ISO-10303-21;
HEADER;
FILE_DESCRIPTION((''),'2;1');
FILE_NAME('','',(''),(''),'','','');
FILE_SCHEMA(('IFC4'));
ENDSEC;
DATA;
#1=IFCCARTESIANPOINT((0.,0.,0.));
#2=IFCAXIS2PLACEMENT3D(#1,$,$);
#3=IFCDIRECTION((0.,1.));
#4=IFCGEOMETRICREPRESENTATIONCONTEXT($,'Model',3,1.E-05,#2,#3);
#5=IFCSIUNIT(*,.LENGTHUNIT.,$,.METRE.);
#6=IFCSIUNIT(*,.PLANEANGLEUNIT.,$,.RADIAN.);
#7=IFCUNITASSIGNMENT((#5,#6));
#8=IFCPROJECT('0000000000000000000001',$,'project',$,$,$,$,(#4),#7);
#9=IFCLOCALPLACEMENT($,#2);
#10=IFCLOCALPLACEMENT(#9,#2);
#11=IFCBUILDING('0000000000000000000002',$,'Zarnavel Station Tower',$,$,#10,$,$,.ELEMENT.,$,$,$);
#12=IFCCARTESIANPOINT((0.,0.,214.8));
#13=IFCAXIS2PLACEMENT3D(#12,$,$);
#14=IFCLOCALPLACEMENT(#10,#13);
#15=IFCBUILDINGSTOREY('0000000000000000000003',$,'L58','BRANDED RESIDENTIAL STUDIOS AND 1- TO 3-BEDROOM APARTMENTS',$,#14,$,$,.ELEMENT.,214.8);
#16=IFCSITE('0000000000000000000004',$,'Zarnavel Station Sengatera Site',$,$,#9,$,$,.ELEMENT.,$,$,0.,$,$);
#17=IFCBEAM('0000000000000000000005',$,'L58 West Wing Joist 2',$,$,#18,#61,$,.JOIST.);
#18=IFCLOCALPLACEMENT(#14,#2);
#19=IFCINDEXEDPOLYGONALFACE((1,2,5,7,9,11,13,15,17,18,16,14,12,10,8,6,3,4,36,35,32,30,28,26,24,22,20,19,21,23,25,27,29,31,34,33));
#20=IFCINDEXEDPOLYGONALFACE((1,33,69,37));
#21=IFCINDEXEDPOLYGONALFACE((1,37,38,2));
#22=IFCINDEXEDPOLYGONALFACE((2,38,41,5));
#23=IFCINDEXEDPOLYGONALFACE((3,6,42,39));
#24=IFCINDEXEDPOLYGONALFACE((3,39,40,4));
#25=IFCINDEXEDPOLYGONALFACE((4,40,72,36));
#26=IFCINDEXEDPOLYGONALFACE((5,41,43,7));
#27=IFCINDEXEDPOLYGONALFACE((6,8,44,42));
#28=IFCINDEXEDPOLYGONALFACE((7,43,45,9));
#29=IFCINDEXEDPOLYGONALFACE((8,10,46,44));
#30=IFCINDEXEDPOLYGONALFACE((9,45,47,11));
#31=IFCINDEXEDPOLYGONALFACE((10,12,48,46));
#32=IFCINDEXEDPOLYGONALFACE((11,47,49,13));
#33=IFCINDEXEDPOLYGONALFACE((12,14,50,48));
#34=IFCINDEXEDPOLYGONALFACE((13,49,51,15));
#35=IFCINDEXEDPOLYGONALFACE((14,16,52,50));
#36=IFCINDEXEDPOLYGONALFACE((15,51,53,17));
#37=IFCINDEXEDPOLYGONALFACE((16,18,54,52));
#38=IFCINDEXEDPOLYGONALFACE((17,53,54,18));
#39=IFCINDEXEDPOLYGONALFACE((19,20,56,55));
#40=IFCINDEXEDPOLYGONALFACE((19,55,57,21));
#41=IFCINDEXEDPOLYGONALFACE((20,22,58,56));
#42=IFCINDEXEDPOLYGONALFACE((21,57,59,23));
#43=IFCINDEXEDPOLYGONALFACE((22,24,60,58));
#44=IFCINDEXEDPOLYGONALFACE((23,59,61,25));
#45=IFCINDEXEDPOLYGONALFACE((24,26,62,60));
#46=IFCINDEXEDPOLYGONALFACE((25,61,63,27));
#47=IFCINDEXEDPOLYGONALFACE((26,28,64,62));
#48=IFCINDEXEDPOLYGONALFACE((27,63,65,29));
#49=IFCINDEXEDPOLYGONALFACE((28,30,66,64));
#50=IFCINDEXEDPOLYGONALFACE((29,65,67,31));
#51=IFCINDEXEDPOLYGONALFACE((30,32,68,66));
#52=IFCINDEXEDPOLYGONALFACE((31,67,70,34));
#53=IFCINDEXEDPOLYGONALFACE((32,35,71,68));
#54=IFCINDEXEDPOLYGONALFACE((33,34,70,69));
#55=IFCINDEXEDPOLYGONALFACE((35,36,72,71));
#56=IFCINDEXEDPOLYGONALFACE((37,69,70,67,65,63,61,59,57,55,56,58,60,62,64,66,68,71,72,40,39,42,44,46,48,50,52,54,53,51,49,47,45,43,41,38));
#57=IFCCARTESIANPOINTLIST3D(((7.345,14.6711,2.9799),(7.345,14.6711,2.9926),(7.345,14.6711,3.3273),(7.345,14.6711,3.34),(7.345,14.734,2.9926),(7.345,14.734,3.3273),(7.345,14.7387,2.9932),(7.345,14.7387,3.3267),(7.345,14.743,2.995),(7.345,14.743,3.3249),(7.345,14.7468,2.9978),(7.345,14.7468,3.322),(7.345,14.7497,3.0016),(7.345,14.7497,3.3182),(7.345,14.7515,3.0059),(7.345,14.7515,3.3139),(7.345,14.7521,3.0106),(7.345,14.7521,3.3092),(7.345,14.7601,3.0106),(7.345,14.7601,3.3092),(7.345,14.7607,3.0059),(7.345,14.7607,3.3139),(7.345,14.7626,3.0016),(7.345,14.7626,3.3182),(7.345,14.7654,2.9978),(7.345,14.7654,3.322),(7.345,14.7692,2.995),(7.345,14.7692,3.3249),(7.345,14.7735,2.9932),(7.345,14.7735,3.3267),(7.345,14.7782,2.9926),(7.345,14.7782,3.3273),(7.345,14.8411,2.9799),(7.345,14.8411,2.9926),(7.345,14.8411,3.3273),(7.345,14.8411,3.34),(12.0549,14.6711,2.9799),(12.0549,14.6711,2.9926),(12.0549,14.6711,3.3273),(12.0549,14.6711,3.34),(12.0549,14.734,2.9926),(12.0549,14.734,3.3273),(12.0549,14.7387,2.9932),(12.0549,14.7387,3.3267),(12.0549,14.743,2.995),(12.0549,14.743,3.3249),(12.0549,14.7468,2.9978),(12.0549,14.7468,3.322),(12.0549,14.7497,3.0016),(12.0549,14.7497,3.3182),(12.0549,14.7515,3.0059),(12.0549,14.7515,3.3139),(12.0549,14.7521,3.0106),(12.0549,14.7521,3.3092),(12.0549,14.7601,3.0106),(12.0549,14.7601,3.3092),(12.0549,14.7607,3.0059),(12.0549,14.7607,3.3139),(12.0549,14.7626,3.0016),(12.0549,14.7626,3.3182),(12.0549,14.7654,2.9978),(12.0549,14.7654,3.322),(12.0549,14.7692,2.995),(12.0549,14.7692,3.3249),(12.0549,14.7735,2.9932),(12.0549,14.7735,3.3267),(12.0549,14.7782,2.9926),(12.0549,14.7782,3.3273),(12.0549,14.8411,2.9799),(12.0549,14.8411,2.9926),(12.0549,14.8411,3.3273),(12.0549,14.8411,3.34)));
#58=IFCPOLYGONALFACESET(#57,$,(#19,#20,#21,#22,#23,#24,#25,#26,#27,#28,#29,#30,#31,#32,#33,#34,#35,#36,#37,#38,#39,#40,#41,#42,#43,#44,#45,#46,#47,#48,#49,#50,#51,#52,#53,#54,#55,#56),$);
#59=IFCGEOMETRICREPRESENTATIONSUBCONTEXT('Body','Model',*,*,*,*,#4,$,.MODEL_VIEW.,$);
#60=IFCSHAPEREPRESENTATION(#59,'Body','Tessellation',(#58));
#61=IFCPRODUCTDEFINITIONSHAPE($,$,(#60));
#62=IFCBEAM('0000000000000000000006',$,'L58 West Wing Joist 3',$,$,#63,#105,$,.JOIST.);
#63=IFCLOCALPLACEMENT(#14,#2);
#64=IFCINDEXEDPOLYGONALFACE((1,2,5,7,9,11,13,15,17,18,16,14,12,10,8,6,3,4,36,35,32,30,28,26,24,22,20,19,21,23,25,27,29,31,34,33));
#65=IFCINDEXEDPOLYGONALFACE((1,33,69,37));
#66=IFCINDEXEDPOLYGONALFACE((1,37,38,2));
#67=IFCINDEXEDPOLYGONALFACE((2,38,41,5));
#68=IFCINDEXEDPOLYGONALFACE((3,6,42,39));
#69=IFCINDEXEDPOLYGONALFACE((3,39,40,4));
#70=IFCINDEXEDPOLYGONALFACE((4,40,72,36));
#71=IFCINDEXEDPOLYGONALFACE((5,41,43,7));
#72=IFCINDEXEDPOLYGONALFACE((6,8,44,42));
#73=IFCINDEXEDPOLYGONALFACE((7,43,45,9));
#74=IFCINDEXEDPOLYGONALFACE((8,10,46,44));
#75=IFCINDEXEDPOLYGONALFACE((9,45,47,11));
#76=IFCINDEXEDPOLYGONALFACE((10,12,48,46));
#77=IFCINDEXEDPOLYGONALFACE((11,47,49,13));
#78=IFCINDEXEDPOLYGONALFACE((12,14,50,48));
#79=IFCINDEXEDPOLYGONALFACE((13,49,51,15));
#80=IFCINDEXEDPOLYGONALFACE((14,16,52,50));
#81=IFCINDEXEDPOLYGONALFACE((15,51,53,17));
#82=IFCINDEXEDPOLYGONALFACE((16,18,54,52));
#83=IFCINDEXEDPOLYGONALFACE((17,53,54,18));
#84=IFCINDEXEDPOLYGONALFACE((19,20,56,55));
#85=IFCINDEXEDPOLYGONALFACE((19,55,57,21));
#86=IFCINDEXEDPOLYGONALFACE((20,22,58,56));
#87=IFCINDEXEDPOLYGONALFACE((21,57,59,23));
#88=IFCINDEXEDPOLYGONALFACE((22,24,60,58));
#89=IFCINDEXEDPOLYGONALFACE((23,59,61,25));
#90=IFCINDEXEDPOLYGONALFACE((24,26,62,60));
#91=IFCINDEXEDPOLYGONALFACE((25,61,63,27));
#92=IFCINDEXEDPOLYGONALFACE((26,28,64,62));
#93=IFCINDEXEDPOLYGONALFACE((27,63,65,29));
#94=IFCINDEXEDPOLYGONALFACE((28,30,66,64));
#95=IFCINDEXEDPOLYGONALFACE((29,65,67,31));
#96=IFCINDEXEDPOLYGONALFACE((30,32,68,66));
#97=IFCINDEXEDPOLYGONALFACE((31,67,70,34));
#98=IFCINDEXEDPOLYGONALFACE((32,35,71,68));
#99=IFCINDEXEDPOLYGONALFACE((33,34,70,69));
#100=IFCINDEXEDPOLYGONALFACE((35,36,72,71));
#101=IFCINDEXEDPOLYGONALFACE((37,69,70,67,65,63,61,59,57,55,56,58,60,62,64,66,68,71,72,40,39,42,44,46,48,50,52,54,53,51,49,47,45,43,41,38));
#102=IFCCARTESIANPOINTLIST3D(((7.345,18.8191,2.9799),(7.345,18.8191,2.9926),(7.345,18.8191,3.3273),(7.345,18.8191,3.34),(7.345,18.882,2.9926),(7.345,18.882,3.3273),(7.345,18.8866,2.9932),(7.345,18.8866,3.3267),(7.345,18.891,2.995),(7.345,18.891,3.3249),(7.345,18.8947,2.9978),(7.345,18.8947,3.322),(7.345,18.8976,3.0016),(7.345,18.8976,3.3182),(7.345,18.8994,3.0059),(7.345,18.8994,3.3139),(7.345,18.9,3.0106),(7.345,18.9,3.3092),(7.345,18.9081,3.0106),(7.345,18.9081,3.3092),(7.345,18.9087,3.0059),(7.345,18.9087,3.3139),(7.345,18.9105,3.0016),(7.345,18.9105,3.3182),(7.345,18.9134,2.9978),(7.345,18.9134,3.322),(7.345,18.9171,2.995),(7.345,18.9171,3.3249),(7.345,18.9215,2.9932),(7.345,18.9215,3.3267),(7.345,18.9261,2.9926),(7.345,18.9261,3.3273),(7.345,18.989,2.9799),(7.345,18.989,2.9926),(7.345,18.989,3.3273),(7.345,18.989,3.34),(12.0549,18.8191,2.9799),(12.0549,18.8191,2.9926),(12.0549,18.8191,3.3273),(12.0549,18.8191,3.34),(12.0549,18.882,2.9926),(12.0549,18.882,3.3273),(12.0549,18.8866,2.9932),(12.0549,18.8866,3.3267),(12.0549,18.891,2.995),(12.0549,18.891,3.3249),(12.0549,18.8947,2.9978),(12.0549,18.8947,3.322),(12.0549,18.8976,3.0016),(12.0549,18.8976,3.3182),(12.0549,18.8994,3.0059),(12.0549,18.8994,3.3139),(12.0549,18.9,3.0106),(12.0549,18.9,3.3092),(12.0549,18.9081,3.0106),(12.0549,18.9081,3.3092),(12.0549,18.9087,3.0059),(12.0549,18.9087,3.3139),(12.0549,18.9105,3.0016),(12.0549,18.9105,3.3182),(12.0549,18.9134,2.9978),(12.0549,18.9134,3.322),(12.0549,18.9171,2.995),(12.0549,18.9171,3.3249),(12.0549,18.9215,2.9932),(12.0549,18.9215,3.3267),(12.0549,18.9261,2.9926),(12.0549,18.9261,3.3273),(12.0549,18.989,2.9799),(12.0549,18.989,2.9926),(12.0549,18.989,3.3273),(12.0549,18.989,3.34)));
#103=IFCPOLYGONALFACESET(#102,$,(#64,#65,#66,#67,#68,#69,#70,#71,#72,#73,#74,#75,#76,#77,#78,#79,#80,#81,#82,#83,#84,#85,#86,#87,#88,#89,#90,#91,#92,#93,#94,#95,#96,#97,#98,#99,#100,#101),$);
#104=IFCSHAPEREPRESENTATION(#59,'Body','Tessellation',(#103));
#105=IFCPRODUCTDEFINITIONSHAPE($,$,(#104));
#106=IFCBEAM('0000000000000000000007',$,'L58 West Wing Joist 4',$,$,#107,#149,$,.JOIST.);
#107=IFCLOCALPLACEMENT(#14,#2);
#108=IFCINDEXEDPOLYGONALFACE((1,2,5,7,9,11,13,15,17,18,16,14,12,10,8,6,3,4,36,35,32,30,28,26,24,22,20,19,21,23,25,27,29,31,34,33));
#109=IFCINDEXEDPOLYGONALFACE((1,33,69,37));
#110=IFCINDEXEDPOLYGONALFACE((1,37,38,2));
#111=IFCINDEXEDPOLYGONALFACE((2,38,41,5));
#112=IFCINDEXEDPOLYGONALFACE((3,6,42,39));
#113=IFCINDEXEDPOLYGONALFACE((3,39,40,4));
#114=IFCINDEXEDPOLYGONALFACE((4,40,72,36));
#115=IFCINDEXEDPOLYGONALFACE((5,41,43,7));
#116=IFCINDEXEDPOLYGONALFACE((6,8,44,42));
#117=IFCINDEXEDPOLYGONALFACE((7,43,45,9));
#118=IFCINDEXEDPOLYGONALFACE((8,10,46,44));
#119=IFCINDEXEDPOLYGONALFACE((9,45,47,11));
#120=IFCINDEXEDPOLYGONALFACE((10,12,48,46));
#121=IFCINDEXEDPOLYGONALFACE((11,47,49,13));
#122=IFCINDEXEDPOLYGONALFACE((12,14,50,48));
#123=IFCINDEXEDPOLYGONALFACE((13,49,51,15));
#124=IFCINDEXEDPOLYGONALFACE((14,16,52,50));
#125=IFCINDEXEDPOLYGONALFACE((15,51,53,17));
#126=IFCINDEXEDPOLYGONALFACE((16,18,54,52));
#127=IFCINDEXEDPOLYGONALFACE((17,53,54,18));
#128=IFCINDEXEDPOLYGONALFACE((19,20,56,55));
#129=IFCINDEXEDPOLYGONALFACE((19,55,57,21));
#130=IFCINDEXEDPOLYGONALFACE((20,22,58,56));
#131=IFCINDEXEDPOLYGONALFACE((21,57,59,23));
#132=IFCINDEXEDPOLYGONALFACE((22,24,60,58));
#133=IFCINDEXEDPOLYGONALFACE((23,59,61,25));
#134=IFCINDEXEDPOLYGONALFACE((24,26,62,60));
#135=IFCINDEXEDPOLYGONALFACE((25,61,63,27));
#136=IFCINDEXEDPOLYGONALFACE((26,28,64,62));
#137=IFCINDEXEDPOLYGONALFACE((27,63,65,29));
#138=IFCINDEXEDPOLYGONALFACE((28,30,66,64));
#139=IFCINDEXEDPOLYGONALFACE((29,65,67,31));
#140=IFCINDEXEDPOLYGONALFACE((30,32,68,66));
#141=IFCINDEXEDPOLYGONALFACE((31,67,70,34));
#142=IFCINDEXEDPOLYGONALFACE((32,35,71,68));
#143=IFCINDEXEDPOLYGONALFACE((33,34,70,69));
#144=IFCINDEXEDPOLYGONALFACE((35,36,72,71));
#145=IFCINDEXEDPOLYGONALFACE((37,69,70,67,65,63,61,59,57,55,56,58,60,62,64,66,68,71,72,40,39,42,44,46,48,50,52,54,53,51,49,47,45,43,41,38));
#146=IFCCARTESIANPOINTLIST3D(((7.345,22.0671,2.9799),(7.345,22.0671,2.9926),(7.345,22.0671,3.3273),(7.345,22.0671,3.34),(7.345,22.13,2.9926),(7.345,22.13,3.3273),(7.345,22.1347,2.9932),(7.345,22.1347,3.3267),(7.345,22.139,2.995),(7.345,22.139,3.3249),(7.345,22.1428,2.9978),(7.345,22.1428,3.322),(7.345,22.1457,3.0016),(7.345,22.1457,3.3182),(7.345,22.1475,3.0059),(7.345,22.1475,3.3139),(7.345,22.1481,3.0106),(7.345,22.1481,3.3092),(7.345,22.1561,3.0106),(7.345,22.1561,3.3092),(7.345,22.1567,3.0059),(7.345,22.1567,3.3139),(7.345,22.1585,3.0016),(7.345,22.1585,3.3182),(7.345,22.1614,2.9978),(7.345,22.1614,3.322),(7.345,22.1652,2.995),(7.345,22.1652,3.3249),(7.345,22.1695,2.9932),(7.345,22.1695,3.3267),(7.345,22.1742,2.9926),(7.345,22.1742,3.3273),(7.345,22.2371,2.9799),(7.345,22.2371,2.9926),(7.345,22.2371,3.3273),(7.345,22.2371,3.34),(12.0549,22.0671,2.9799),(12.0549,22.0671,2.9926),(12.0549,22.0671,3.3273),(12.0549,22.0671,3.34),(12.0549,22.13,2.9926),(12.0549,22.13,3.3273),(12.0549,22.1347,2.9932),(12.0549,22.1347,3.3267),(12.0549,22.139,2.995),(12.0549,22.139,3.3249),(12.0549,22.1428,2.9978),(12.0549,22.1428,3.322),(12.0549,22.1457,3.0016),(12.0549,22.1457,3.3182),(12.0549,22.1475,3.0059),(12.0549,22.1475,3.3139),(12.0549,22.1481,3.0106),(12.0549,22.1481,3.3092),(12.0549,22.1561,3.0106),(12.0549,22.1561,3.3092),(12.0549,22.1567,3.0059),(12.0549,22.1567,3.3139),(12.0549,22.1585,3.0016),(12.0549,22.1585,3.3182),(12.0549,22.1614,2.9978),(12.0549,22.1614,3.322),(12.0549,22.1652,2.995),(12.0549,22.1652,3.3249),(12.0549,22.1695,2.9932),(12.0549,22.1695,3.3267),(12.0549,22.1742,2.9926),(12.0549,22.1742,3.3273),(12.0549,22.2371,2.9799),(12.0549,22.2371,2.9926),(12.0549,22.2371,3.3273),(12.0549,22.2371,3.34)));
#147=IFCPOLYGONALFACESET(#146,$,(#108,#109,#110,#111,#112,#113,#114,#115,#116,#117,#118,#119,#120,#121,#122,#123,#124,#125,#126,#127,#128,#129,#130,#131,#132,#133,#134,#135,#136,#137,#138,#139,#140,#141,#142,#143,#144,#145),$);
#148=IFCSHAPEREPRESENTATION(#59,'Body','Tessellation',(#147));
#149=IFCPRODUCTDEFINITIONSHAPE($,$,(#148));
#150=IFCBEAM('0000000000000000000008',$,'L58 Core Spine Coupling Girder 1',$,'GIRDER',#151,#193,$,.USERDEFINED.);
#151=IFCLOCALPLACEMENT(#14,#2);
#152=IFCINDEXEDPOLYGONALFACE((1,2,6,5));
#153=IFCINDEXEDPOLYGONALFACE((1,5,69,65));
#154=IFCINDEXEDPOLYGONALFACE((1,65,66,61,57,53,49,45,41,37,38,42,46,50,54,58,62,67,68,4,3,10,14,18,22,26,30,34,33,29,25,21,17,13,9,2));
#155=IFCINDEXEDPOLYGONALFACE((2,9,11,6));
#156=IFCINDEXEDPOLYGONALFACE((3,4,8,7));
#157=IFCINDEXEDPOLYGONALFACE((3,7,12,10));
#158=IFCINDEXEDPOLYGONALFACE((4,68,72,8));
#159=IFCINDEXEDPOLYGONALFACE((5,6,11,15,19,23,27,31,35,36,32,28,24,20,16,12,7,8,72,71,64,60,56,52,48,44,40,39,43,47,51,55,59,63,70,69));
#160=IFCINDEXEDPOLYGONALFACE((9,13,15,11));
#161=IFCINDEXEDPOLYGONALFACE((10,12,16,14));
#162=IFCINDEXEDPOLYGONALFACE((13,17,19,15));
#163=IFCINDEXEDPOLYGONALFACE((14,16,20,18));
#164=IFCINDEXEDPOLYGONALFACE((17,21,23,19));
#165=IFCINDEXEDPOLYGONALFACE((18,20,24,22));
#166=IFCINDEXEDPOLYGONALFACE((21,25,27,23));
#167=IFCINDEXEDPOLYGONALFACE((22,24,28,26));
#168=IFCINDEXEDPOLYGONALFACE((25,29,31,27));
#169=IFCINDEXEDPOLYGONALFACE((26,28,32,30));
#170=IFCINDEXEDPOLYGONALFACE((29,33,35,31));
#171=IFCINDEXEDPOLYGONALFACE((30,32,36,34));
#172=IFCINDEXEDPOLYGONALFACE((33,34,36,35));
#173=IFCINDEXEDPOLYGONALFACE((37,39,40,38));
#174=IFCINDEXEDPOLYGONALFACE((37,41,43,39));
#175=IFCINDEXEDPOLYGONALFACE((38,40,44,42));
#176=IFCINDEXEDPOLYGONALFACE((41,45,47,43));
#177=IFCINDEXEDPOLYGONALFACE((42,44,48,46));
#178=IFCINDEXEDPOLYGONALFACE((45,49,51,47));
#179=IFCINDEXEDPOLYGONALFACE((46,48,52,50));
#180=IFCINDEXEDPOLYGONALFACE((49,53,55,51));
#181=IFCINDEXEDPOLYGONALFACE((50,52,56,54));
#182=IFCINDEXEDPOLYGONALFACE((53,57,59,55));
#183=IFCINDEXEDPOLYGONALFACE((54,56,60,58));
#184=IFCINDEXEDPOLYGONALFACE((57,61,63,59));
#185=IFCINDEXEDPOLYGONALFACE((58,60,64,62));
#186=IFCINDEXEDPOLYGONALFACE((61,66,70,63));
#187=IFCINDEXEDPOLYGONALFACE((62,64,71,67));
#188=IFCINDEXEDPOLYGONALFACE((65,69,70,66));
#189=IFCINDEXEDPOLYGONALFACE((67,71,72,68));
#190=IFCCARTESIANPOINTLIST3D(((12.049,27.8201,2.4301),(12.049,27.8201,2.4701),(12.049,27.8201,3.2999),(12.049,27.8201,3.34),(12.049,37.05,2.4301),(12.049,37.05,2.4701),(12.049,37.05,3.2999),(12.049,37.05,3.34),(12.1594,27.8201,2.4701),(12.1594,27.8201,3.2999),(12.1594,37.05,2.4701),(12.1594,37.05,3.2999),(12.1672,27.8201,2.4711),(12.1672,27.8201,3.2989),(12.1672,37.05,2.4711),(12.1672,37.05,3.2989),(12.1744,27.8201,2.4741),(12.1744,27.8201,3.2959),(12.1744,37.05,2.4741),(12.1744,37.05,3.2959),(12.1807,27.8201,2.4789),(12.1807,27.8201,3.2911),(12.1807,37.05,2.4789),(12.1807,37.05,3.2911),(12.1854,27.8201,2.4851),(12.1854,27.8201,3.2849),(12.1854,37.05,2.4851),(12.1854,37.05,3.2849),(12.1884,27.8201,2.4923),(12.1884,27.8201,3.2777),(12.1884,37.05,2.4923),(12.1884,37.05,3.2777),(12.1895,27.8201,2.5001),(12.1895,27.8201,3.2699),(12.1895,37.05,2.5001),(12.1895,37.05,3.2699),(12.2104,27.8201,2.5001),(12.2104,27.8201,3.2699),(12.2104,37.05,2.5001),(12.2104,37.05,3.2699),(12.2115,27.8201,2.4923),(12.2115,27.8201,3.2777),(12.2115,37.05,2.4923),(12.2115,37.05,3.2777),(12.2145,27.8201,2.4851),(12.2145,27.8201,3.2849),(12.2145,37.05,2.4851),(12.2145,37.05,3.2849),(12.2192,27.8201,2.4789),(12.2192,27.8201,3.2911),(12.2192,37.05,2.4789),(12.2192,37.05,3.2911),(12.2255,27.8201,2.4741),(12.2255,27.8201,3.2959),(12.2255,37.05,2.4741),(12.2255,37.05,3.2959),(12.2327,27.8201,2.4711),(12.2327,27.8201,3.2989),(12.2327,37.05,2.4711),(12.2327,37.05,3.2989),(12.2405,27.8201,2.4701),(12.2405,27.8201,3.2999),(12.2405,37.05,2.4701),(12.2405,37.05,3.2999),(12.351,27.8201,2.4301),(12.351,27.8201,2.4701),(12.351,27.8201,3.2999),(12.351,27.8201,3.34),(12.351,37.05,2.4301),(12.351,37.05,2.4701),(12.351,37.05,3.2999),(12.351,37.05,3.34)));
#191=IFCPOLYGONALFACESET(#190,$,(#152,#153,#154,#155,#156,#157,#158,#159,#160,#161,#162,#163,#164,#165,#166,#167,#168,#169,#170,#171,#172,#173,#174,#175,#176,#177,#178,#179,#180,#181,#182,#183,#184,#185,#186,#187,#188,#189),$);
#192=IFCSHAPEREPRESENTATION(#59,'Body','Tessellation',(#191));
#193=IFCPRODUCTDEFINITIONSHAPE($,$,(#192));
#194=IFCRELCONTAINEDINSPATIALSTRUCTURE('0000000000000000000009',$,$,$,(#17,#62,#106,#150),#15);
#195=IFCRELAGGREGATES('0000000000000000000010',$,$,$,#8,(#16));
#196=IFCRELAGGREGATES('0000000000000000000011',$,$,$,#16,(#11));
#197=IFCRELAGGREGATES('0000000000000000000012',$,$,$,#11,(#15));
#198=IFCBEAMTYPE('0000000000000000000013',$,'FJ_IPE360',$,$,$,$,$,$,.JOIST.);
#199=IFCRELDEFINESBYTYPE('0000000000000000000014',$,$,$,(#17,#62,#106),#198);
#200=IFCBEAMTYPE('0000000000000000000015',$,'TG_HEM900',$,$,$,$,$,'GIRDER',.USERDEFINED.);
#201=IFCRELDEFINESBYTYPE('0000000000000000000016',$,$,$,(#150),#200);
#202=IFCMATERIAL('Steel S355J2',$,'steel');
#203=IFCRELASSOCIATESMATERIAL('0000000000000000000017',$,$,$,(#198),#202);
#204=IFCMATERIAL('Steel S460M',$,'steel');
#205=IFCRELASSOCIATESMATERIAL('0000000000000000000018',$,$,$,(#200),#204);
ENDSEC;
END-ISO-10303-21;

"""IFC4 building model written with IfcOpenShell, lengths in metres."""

from ifc_helpers import new_model, si_unit, direction, frame, origin, origin_2d, place, context, subcontext, project, spatial, i_section, extrude, material, material_profile, profile_set, type_object, element, save


model = new_model("IFC4")

# Units and contexts
model_context = context("Model", 3, precision=1e-05, world=origin(), true_north=direction((0.0, 1.0)))
body_context = subcontext(model_context, "Body", "Model", "MODEL_VIEW")
ifc_project = project(units=[si_unit("LENGTHUNIT", "METRE"), si_unit("PLANEANGLEUNIT", "RADIAN")], contexts=[model_context])

# Site, building, storey
site_placement = place(None, origin())
site = spatial("IfcSite", under=ifc_project, at=site_placement, Name="Zarnavel Station Sengatera Site", CompositionType="ELEMENT", RefElevation=0.0)
building_placement = place(site_placement, origin())
building = spatial("IfcBuilding", under=site, at=building_placement, Name="Zarnavel Station Tower", CompositionType="ELEMENT")
storey_placement = place(building_placement, frame((0.0, 0.0, 214.8)))
storey = spatial("IfcBuildingStorey", under=building, at=storey_placement, Name="L58", Description="BRANDED RESIDENTIAL STUDIOS AND 1- TO 3-BEDROOM APARTMENTS", CompositionType="ELEMENT", Elevation=214.8)

# Beams
ifc_material_1 = material(Name="Steel S355J2", Category="steel")
ifc_material_profile_1 = material_profile(ifc_material_1, i_section(OverallWidth=0.1699, OverallDepth=0.3601, WebThickness=0.0081, FlangeThickness=0.0127, FilletRadius=0.0181, at=origin_2d()), Name="IPE360")
ifc_profile_set_1 = profile_set([ifc_material_profile_1], Name="Steel S355J2")
beam_type_1 = type_object("IfcBeamType", Name="FJ_IPE360", PredefinedType="JOIST", material=ifc_profile_set_1)
for number, where, z_axis, x_axis, name in (
    (1, (7.345, 14.7561, 3.1599), (1.0, 0.0, 0.0), (0.0, 1.0, 0.0), "L58 West Wing Joist 2"),
    (2, (7.345, 18.9041, 3.1599), (1.0, 0.0, 0.0), (0.0, 1.0, 0.0), "L58 West Wing Joist 3"),
    (3, (7.345, 22.1521, 3.1599), (1.0, 0.0, 0.0), (0.0, 1.0, 0.0), "L58 West Wing Joist 4"),
):
    element("IfcBeam", number, at=place(storey_placement, frame(where, z_axis=z_axis, x_axis=x_axis)), inside=storey, type_object=beam_type_1, Name=name, PredefinedType="JOIST", context=body_context, shape_type="SweptSolid", body=[
        extrude(i_section(OverallWidth=0.1699, OverallDepth=0.3601, WebThickness=0.0081, FlangeThickness=0.0127, FilletRadius=0.0181, at=origin_2d()), origin(), (0.0, 0.0, 1.0), 4.71),
    ])
ifc_material_2 = material(Name="Steel S460M", Category="steel")
ifc_material_profile_2 = material_profile(ifc_material_2, i_section(OverallWidth=0.302, OverallDepth=0.9099, WebThickness=0.021, FlangeThickness=0.04, FilletRadius=0.03, at=origin_2d()), Name="HEM900")
ifc_profile_set_2 = profile_set([ifc_material_profile_2], Name="Steel S460M")
beam_type_2 = type_object("IfcBeamType", Name="TG_HEM900", ElementType="GIRDER", PredefinedType="USERDEFINED", material=ifc_profile_set_2)
beam_1_placement = place(storey_placement, frame((12.2, 27.8201, 2.885), z_axis=(0.0, 1.0, 0.0), x_axis=(-1.0, 0.0, 0.0)))
element("IfcBeam", 4, at=beam_1_placement, inside=storey, type_object=beam_type_2, Name="L58 Core Spine Coupling Girder 1", ObjectType="GIRDER", PredefinedType="USERDEFINED", context=body_context, shape_type="SweptSolid", body=[
    extrude(i_section(OverallWidth=0.302, OverallDepth=0.9099, WebThickness=0.021, FlangeThickness=0.04, FilletRadius=0.03, at=origin_2d()), origin(), (0.0, 0.0, 1.0), 9.23),
])

save(model, "model.ifc")
